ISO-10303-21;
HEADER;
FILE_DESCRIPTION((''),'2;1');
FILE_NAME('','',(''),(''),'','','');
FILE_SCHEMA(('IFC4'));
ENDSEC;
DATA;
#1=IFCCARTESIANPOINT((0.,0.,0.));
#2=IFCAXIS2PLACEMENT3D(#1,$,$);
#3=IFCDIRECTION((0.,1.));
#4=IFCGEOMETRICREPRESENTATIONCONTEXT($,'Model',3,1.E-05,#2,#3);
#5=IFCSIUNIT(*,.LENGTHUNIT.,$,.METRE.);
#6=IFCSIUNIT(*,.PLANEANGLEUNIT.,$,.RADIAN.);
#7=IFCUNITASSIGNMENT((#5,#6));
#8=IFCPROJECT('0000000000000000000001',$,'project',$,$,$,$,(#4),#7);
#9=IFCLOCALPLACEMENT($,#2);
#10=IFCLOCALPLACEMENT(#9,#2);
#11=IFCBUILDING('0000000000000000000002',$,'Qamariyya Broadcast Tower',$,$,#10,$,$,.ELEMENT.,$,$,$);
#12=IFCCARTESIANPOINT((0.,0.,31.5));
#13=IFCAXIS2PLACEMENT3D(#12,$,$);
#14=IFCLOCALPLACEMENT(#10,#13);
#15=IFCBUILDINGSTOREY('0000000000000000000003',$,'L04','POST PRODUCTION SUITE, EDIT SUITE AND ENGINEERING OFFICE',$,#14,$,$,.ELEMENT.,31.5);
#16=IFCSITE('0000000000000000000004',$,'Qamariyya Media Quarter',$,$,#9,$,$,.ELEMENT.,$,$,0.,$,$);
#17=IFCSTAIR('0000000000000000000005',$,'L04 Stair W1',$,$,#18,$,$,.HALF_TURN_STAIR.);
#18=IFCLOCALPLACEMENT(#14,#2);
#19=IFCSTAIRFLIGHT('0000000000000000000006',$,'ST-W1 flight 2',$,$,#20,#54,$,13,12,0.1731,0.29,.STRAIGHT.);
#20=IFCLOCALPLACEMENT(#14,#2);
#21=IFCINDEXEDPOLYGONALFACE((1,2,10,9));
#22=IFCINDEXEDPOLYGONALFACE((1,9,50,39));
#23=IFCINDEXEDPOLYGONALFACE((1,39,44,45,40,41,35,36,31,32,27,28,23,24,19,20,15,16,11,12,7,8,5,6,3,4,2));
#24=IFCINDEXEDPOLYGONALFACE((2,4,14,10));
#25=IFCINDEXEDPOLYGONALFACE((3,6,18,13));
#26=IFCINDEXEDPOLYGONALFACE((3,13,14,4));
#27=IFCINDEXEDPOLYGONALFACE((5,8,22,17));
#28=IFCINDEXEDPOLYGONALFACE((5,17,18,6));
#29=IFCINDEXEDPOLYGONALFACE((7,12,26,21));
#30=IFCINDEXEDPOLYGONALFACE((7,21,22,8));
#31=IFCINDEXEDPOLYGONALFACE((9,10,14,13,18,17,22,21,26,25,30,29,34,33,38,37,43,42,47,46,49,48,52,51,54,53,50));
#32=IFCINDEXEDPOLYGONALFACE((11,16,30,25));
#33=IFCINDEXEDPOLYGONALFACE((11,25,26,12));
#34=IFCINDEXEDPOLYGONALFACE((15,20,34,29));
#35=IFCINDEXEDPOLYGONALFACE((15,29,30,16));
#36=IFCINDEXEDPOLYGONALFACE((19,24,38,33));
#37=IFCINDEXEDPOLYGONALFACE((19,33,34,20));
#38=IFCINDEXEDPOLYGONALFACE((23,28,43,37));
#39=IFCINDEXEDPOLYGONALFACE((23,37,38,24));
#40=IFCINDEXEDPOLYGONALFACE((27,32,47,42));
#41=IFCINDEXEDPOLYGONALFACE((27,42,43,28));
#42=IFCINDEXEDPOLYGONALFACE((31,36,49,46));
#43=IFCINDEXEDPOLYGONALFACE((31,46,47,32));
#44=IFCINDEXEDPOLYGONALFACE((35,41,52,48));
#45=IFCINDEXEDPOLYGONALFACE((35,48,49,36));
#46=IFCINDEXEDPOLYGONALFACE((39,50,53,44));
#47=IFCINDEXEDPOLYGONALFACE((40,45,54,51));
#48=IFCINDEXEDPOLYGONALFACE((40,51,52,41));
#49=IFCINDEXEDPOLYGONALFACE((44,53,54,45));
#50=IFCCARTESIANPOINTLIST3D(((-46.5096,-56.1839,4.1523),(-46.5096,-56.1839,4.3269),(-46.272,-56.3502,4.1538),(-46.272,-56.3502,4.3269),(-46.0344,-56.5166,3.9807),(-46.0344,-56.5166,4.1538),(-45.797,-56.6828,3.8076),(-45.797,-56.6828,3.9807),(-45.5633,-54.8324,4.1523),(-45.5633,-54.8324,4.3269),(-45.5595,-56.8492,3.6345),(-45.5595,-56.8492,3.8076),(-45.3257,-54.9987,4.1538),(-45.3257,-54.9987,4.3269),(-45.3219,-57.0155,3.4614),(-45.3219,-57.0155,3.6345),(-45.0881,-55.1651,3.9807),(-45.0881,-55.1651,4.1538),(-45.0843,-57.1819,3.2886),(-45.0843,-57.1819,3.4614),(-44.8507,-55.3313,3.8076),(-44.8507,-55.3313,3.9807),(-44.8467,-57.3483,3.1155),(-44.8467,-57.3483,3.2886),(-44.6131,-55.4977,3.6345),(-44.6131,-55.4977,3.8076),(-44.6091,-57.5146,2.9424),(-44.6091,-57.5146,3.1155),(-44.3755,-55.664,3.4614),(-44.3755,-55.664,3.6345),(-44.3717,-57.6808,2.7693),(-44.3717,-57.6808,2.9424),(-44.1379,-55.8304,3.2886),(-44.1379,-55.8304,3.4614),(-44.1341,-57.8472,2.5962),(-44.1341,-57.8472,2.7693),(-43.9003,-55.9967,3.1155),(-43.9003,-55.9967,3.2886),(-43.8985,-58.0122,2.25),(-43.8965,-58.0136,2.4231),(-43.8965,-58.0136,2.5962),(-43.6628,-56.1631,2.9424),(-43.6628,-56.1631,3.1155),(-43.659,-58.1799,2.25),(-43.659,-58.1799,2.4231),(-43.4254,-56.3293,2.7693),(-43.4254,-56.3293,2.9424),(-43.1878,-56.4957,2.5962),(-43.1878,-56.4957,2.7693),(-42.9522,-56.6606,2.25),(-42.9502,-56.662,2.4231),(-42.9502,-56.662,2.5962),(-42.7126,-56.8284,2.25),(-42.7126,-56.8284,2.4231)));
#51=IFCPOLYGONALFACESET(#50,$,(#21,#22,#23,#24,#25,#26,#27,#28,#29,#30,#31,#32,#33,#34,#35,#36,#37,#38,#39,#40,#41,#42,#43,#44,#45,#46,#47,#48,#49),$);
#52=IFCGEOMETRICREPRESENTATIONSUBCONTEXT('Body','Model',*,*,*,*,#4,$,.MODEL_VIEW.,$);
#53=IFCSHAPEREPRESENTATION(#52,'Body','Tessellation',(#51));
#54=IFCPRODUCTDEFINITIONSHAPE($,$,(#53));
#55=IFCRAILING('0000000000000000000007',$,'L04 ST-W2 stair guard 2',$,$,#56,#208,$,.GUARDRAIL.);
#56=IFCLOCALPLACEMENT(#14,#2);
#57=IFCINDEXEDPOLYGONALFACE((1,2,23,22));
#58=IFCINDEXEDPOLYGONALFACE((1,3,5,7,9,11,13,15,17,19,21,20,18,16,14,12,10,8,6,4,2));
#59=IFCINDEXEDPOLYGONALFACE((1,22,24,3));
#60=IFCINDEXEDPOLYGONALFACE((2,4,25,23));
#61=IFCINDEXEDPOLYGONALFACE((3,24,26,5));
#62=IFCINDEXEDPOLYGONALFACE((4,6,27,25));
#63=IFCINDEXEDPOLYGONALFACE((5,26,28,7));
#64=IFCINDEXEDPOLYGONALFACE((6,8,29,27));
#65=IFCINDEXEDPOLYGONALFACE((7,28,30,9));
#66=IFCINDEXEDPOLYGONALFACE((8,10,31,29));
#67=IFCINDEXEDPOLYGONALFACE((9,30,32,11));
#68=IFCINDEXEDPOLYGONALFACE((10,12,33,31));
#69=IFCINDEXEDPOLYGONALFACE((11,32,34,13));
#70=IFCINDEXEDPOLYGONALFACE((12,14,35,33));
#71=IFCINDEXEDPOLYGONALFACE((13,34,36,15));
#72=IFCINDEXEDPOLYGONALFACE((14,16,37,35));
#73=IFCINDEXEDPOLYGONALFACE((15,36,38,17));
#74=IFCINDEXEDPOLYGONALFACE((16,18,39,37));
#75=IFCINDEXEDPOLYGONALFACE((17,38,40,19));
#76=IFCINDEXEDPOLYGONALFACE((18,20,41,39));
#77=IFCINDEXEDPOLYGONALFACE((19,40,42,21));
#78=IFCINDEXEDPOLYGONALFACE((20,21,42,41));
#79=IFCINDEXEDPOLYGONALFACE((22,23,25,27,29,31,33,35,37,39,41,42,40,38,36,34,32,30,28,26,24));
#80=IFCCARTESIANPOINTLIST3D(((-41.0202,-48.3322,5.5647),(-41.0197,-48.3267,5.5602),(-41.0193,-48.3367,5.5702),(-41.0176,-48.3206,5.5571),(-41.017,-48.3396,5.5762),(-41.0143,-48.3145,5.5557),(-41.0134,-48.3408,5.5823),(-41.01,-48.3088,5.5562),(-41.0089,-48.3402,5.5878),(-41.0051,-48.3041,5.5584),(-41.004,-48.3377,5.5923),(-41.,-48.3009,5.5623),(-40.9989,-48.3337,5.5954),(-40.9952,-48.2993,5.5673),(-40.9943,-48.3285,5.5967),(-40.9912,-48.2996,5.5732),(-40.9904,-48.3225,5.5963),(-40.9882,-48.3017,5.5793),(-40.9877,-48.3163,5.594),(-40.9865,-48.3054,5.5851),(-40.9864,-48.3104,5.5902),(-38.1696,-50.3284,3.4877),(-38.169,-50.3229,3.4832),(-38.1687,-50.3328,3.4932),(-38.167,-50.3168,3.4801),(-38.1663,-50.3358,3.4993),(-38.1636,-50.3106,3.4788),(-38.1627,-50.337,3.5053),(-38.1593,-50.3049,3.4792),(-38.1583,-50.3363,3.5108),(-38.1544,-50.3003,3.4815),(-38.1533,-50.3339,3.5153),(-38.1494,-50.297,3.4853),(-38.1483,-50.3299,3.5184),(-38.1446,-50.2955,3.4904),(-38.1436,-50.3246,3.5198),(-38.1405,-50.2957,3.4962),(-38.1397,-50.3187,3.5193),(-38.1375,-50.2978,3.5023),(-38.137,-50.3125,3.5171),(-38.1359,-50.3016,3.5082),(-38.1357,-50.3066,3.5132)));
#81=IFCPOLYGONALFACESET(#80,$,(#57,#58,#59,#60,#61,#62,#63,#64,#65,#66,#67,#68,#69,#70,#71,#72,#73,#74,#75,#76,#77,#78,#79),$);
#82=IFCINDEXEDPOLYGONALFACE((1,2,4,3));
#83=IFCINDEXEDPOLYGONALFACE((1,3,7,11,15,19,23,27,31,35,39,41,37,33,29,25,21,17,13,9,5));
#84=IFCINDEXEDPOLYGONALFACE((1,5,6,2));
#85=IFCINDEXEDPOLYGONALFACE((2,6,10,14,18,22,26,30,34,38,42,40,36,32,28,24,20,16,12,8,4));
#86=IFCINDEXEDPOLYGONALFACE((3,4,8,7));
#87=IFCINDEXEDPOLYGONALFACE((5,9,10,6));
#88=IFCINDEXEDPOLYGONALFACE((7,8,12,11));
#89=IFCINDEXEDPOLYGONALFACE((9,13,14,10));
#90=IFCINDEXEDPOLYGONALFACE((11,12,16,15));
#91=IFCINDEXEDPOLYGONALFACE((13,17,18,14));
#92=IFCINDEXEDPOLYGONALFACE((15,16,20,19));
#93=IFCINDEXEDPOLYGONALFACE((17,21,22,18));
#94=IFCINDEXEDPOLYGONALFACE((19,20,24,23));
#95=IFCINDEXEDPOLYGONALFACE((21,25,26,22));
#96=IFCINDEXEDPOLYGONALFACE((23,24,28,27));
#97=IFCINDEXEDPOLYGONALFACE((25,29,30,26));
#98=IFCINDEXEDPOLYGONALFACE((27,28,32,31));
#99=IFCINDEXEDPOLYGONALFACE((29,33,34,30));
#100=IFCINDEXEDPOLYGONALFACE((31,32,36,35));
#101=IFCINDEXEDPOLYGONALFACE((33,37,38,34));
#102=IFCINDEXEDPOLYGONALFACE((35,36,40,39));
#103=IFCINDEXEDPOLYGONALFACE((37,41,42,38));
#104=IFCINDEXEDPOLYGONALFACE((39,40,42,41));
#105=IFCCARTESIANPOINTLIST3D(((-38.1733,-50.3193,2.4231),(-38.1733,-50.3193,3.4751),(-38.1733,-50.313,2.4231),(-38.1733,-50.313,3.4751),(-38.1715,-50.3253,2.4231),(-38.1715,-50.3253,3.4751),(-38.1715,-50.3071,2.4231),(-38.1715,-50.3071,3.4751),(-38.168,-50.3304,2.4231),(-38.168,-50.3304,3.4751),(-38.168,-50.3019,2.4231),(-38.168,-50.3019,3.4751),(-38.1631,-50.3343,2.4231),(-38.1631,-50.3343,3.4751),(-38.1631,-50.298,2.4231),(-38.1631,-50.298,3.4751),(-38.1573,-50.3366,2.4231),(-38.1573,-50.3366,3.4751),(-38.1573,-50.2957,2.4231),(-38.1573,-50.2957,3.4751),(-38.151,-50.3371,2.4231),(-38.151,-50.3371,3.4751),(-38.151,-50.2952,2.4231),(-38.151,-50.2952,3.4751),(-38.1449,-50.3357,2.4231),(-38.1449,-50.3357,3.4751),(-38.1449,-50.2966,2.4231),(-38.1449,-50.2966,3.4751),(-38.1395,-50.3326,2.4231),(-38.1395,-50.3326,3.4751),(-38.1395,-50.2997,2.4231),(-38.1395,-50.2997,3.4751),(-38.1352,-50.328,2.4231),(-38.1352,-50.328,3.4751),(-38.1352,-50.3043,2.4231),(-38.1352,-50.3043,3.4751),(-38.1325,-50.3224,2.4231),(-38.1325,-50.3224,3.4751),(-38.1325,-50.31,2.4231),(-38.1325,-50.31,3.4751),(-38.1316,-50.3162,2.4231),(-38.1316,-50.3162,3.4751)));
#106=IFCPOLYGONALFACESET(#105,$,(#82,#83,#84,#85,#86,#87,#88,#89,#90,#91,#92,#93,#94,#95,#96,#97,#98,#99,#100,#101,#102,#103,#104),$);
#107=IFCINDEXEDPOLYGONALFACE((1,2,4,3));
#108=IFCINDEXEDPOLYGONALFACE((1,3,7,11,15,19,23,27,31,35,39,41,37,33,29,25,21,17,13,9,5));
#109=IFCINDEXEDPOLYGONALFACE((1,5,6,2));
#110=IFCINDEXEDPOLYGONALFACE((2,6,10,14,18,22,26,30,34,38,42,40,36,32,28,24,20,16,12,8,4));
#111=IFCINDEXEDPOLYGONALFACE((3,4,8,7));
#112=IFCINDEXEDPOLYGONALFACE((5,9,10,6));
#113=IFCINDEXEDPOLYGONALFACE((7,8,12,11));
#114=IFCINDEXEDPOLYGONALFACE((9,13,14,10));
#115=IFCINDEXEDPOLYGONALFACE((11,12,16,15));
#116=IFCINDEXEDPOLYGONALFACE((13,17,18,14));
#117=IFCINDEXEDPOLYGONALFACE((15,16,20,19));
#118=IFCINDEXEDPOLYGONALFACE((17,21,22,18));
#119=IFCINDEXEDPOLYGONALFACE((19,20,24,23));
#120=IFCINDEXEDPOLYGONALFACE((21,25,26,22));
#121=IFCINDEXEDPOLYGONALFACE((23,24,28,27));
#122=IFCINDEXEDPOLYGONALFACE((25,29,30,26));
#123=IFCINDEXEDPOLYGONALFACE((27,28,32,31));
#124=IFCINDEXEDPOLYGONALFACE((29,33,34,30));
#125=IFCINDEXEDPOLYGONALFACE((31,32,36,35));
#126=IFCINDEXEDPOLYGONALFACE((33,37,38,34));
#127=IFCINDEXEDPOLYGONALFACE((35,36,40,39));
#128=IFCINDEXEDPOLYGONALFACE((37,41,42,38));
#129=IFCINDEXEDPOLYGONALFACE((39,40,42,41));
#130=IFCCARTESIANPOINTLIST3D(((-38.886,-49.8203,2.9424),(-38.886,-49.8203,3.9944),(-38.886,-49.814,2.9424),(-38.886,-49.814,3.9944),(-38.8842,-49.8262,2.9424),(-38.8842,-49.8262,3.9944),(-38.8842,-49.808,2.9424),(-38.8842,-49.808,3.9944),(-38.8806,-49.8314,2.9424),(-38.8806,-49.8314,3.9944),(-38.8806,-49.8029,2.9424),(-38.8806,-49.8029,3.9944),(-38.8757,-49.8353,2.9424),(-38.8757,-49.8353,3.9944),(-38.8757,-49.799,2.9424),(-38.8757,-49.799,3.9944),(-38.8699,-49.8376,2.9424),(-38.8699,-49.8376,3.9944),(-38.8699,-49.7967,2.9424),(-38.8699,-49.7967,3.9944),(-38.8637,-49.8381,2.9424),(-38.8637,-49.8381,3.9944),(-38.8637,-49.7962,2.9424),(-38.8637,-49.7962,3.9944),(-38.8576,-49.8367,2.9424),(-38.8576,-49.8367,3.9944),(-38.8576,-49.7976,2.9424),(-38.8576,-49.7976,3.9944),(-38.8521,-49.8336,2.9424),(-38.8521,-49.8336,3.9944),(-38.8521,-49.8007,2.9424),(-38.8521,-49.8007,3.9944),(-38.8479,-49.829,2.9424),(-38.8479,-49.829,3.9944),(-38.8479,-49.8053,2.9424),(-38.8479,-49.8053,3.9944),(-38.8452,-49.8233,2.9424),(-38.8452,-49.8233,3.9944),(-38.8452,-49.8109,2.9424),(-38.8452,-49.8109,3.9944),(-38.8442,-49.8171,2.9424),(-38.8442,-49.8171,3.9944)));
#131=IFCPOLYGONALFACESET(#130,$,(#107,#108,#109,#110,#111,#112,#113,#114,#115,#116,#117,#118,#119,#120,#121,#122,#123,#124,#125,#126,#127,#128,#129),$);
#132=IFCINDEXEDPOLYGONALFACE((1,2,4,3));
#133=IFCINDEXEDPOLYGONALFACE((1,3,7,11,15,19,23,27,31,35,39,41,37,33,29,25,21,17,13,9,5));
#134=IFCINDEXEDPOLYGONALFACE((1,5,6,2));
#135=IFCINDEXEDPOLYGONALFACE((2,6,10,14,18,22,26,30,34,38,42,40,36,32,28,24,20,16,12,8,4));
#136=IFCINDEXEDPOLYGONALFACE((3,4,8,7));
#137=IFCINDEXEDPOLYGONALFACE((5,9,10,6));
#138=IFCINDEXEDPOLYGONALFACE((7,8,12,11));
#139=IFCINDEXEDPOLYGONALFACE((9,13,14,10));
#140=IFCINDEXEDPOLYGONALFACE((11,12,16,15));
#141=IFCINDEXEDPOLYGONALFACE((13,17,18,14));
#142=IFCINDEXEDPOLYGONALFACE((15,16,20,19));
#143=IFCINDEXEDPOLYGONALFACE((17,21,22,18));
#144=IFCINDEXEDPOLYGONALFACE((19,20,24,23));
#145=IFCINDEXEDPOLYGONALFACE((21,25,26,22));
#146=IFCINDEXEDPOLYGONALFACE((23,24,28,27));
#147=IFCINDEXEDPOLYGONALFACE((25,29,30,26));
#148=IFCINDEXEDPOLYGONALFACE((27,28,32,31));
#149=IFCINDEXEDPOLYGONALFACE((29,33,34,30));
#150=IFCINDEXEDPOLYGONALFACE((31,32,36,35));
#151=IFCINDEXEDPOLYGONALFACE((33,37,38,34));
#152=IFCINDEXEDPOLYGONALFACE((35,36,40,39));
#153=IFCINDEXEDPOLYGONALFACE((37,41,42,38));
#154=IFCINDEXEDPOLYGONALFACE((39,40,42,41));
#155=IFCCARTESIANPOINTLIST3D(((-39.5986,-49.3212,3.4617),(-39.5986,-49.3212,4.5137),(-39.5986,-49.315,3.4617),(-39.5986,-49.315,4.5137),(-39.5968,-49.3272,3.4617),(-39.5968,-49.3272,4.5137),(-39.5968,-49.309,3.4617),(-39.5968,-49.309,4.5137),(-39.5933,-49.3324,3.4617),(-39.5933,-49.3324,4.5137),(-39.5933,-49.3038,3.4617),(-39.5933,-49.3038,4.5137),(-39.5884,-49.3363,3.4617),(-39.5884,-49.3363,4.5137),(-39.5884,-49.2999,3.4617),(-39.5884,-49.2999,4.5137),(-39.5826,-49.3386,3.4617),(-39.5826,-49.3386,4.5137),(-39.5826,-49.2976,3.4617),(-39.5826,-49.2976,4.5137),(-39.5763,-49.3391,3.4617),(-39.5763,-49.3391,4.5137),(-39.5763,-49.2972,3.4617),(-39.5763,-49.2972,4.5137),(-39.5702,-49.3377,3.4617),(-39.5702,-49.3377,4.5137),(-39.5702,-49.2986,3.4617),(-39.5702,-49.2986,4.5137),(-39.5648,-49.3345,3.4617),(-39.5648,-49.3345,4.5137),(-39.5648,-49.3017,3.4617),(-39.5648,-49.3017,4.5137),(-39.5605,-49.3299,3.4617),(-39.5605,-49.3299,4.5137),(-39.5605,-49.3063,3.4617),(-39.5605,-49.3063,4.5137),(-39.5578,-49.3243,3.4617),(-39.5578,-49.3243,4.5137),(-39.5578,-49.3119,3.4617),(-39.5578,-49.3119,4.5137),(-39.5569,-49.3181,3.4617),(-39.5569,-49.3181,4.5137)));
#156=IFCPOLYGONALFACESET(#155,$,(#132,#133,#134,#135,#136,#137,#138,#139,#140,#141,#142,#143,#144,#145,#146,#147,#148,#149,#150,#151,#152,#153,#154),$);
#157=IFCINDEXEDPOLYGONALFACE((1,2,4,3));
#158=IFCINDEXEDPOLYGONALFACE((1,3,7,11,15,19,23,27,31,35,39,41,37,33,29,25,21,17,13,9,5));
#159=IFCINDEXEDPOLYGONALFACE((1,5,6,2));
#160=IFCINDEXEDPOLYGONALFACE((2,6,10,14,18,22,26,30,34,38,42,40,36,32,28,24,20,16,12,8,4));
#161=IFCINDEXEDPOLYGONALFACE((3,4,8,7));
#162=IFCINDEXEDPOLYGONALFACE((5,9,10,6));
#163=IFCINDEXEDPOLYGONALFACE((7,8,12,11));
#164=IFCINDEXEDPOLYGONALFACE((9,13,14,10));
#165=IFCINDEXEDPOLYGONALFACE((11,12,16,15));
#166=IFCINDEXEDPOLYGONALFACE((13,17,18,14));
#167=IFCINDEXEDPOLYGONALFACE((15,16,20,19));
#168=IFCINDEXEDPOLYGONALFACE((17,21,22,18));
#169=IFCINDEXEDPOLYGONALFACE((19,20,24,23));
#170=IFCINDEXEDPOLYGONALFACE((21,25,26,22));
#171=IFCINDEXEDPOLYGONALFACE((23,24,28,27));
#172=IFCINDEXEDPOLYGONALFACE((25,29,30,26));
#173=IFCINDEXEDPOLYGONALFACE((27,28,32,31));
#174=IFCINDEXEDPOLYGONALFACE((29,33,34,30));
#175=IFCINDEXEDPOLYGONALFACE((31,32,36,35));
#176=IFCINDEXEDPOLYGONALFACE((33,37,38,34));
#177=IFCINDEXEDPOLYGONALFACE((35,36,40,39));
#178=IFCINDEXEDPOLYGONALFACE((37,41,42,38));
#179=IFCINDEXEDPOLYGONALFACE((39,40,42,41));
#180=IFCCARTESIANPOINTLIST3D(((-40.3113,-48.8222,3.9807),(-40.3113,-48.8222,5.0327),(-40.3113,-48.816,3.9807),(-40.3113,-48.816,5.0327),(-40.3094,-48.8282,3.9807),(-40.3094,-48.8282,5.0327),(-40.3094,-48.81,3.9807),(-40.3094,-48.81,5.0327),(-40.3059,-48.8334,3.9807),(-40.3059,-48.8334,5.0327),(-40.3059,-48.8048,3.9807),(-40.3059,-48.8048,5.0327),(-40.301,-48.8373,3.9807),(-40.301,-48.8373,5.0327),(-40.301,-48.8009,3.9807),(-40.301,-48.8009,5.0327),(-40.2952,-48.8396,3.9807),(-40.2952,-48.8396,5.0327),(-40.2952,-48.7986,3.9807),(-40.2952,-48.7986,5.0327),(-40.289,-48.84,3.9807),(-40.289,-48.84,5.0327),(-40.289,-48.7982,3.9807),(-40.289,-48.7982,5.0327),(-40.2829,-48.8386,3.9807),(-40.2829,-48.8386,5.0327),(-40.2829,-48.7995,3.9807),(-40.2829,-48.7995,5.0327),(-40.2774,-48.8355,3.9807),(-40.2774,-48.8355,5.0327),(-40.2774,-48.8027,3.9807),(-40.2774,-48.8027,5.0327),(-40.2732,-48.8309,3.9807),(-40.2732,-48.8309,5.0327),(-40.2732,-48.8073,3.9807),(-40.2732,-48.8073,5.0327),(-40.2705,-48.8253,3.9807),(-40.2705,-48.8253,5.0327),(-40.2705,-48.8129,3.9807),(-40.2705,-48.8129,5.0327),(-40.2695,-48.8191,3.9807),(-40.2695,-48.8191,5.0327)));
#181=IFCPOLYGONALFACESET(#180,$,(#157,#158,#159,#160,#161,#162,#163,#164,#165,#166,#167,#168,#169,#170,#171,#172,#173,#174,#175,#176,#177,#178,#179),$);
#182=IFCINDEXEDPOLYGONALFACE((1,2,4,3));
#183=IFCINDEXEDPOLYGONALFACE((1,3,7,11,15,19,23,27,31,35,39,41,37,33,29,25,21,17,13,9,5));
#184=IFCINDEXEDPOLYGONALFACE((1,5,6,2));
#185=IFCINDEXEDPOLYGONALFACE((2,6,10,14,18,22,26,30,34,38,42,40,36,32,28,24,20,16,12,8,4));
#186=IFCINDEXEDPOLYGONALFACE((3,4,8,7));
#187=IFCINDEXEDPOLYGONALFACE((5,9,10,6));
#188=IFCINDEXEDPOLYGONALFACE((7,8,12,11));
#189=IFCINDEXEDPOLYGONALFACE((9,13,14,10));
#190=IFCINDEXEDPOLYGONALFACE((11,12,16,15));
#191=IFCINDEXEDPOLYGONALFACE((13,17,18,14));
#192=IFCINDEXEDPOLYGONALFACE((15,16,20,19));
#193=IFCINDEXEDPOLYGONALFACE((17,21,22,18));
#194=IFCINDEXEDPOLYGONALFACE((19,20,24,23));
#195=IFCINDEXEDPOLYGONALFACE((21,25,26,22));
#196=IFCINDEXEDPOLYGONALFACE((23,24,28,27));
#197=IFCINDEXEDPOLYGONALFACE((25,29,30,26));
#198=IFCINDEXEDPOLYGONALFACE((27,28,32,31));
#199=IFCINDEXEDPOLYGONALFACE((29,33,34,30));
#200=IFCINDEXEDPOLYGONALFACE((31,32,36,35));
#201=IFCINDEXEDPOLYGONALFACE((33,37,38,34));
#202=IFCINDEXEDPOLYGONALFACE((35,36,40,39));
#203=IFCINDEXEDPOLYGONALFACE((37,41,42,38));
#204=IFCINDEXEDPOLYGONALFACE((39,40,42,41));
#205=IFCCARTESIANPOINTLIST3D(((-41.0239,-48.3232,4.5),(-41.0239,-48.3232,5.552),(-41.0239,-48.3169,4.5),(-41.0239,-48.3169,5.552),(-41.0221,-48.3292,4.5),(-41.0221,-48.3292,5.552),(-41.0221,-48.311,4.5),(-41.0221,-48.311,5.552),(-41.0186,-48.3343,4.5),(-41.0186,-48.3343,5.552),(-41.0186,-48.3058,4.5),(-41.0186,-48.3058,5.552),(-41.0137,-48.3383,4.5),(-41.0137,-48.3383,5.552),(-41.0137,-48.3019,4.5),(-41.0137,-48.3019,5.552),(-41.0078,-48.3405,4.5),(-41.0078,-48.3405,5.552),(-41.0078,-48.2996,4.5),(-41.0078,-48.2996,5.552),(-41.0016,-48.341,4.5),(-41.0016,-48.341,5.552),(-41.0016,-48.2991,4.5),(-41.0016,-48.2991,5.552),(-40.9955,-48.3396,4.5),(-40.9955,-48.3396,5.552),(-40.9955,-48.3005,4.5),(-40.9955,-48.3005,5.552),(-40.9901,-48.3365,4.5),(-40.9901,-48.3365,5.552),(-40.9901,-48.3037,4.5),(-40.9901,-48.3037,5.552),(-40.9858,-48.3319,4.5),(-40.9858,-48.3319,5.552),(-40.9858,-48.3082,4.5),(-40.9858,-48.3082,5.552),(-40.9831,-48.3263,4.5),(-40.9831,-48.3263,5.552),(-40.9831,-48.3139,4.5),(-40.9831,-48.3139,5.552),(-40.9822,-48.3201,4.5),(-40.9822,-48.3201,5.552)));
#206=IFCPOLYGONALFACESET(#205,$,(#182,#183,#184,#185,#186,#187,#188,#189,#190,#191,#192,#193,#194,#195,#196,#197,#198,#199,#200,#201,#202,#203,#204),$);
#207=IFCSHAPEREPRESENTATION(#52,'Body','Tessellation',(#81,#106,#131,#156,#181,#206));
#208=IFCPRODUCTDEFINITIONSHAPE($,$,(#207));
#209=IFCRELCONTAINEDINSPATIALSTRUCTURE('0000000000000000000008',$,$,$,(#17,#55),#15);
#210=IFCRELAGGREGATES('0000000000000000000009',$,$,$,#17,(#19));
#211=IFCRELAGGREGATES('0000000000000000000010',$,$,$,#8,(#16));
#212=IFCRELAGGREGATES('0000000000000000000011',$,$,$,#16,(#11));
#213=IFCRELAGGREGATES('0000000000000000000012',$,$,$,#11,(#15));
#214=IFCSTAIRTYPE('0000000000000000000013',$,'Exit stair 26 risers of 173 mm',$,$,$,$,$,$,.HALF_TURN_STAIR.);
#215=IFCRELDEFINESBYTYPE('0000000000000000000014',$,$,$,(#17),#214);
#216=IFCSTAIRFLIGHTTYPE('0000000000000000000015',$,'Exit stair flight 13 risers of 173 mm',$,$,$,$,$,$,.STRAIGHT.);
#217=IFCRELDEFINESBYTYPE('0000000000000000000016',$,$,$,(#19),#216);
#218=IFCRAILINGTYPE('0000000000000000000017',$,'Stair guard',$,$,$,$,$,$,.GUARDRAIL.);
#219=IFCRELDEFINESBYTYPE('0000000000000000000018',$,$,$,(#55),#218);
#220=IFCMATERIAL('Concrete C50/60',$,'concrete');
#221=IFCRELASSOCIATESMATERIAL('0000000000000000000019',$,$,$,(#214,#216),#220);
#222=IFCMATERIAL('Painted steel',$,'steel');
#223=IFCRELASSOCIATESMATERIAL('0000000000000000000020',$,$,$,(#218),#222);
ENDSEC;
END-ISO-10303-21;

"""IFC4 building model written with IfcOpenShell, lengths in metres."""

from ifc_helpers import new_model, si_unit, direction, frame, origin, origin_2d, place, context, subcontext, project, spatial, polyline, circle, outline, extrude, material, type_object, element, aggregate, save


model = new_model("IFC4")

# Units and contexts
model_context = context("Model", 3, precision=1e-05, world=origin(), true_north=direction((0.0, 1.0)))
body_context = subcontext(model_context, "Body", "Model", "MODEL_VIEW")
ifc_project = project(units=[si_unit("LENGTHUNIT", "METRE"), si_unit("PLANEANGLEUNIT", "RADIAN")], contexts=[model_context])

# Site, building, storey
site_placement = place(None, origin())
site = spatial("IfcSite", under=ifc_project, at=site_placement, Name="Qamariyya Media Quarter", CompositionType="ELEMENT", RefElevation=0.0)
building_placement = place(site_placement, origin())
building = spatial("IfcBuilding", under=site, at=building_placement, Name="Qamariyya Broadcast Tower", CompositionType="ELEMENT")
storey_placement = place(building_placement, frame((0.0, 0.0, 31.5)))
storey = spatial("IfcBuildingStorey", under=building, at=storey_placement, Name="L04", Description="POST PRODUCTION SUITE, EDIT SUITE AND ENGINEERING OFFICE", CompositionType="ELEMENT", Elevation=31.5)

# Stair, stair flight
ifc_material_1 = material(Name="Concrete C50/60", Category="concrete")
stair_type = type_object("IfcStairType", Name="Exit stair 26 risers of 173 mm", PredefinedType="HALF_TURN_STAIR", material=ifc_material_1)
stair_placement = place(storey_placement, origin())
stair = element("IfcStair", 1, at=stair_placement, inside=storey, type_object=stair_type, Name="L04 Stair W1", PredefinedType="HALF_TURN_STAIR")
stair_flight_type = type_object("IfcStairFlightType", Name="Exit stair flight 13 risers of 173 mm", PredefinedType="STRAIGHT", material=ifc_material_1)
stair_flight_placement = place(storey_placement, frame((-43.1858, -57.5042, 2.25), z_axis=(0.0, 0.0, 1.0), x_axis=(-0.819152, 0.573576, 0.0)))
stair_flight = element("IfcStairFlight", 2, at=stair_flight_placement, type_object=stair_flight_type, Name="ST-W1 flight 2", NumberOfRisers=13, NumberOfTreads=12, PredefinedType="STRAIGHT", RiserHeight=0.1731, TreadLength=0.29, context=body_context, shape_type="SweptSolid", body=[
    extrude(outline(polyline([(0.0, 0.0), (0.0, 0.1731), (0.29, 0.1731), (0.29, 0.3462), (0.5801, 0.3462), (0.5801, 0.5193), (0.8701, 0.5193), (0.8701, 0.6924), (1.1599, 0.6924), (1.1599, 0.8655), (1.45, 0.8655), (1.45, 1.0386), (1.74, 1.0386), (1.74, 1.2114), (2.03, 1.2114), (2.03, 1.3845), (2.3201, 1.3845), (2.3201, 1.5576), (2.6101, 1.5576), (2.6101, 1.7307), (2.8999, 1.7307), (2.8999, 1.9038), (3.1899, 1.9038), (3.1899, 2.0769), (3.48, 2.0769), (3.48, 2.25), (3.48, 1.9023), (0.2925, 0.0), (0.0, 0.0)])), frame((0.0, 0.825, 0.0), z_axis=(0.0, -1.0, 0.0), x_axis=(1.0, 0.0, 0.0)), (0.0, 0.0, 1.0), 1.6499),
])
aggregate(stair, [stair_flight])

# Railing
ifc_material_2 = material(Name="Painted steel", Category="steel")
railing_type_1 = type_object("IfcRailingType", Name="Stair guard", PredefinedType="GUARDRAIL", material=ifc_material_2)
railing_1_placement = place(storey_placement, frame((-38.1526, -50.3162, 2.4231)))
element("IfcRailing", 3, at=railing_1_placement, inside=storey, type_object=railing_type_1, Name="L04 ST-W2 stair guard 2", PredefinedType="GUARDRAIL", context=body_context, shape_type="SweptSolid", body=[
    extrude(circle(Radius=0.0239, at=origin_2d()), frame((0.0, 0.0, 1.0762), z_axis=(-0.703393, 0.492544, 0.512484), x_axis=(-0.573594, -0.81914, 0.0)), (0.0, 0.0, 1.0), 4.0527),
    extrude(circle(Radius=0.021, at=origin_2d()), origin(), (0.0, 0.0, 1.0), 1.052),
    extrude(circle(Radius=0.021, at=origin_2d()), frame((-0.7126, 0.499, 0.5193)), (0.0, 0.0, 1.0), 1.052),
    extrude(circle(Radius=0.021, at=origin_2d()), frame((-1.4253, 0.998, 1.0386)), (0.0, 0.0, 1.0), 1.052),
    extrude(circle(Radius=0.021, at=origin_2d()), frame((-2.1379, 1.4971, 1.5576)), (0.0, 0.0, 1.0), 1.052),
    extrude(circle(Radius=0.021, at=origin_2d()), frame((-2.8506, 1.9961, 2.0769)), (0.0, 0.0, 1.0), 1.052),
])

save(model, "model.ifc")
